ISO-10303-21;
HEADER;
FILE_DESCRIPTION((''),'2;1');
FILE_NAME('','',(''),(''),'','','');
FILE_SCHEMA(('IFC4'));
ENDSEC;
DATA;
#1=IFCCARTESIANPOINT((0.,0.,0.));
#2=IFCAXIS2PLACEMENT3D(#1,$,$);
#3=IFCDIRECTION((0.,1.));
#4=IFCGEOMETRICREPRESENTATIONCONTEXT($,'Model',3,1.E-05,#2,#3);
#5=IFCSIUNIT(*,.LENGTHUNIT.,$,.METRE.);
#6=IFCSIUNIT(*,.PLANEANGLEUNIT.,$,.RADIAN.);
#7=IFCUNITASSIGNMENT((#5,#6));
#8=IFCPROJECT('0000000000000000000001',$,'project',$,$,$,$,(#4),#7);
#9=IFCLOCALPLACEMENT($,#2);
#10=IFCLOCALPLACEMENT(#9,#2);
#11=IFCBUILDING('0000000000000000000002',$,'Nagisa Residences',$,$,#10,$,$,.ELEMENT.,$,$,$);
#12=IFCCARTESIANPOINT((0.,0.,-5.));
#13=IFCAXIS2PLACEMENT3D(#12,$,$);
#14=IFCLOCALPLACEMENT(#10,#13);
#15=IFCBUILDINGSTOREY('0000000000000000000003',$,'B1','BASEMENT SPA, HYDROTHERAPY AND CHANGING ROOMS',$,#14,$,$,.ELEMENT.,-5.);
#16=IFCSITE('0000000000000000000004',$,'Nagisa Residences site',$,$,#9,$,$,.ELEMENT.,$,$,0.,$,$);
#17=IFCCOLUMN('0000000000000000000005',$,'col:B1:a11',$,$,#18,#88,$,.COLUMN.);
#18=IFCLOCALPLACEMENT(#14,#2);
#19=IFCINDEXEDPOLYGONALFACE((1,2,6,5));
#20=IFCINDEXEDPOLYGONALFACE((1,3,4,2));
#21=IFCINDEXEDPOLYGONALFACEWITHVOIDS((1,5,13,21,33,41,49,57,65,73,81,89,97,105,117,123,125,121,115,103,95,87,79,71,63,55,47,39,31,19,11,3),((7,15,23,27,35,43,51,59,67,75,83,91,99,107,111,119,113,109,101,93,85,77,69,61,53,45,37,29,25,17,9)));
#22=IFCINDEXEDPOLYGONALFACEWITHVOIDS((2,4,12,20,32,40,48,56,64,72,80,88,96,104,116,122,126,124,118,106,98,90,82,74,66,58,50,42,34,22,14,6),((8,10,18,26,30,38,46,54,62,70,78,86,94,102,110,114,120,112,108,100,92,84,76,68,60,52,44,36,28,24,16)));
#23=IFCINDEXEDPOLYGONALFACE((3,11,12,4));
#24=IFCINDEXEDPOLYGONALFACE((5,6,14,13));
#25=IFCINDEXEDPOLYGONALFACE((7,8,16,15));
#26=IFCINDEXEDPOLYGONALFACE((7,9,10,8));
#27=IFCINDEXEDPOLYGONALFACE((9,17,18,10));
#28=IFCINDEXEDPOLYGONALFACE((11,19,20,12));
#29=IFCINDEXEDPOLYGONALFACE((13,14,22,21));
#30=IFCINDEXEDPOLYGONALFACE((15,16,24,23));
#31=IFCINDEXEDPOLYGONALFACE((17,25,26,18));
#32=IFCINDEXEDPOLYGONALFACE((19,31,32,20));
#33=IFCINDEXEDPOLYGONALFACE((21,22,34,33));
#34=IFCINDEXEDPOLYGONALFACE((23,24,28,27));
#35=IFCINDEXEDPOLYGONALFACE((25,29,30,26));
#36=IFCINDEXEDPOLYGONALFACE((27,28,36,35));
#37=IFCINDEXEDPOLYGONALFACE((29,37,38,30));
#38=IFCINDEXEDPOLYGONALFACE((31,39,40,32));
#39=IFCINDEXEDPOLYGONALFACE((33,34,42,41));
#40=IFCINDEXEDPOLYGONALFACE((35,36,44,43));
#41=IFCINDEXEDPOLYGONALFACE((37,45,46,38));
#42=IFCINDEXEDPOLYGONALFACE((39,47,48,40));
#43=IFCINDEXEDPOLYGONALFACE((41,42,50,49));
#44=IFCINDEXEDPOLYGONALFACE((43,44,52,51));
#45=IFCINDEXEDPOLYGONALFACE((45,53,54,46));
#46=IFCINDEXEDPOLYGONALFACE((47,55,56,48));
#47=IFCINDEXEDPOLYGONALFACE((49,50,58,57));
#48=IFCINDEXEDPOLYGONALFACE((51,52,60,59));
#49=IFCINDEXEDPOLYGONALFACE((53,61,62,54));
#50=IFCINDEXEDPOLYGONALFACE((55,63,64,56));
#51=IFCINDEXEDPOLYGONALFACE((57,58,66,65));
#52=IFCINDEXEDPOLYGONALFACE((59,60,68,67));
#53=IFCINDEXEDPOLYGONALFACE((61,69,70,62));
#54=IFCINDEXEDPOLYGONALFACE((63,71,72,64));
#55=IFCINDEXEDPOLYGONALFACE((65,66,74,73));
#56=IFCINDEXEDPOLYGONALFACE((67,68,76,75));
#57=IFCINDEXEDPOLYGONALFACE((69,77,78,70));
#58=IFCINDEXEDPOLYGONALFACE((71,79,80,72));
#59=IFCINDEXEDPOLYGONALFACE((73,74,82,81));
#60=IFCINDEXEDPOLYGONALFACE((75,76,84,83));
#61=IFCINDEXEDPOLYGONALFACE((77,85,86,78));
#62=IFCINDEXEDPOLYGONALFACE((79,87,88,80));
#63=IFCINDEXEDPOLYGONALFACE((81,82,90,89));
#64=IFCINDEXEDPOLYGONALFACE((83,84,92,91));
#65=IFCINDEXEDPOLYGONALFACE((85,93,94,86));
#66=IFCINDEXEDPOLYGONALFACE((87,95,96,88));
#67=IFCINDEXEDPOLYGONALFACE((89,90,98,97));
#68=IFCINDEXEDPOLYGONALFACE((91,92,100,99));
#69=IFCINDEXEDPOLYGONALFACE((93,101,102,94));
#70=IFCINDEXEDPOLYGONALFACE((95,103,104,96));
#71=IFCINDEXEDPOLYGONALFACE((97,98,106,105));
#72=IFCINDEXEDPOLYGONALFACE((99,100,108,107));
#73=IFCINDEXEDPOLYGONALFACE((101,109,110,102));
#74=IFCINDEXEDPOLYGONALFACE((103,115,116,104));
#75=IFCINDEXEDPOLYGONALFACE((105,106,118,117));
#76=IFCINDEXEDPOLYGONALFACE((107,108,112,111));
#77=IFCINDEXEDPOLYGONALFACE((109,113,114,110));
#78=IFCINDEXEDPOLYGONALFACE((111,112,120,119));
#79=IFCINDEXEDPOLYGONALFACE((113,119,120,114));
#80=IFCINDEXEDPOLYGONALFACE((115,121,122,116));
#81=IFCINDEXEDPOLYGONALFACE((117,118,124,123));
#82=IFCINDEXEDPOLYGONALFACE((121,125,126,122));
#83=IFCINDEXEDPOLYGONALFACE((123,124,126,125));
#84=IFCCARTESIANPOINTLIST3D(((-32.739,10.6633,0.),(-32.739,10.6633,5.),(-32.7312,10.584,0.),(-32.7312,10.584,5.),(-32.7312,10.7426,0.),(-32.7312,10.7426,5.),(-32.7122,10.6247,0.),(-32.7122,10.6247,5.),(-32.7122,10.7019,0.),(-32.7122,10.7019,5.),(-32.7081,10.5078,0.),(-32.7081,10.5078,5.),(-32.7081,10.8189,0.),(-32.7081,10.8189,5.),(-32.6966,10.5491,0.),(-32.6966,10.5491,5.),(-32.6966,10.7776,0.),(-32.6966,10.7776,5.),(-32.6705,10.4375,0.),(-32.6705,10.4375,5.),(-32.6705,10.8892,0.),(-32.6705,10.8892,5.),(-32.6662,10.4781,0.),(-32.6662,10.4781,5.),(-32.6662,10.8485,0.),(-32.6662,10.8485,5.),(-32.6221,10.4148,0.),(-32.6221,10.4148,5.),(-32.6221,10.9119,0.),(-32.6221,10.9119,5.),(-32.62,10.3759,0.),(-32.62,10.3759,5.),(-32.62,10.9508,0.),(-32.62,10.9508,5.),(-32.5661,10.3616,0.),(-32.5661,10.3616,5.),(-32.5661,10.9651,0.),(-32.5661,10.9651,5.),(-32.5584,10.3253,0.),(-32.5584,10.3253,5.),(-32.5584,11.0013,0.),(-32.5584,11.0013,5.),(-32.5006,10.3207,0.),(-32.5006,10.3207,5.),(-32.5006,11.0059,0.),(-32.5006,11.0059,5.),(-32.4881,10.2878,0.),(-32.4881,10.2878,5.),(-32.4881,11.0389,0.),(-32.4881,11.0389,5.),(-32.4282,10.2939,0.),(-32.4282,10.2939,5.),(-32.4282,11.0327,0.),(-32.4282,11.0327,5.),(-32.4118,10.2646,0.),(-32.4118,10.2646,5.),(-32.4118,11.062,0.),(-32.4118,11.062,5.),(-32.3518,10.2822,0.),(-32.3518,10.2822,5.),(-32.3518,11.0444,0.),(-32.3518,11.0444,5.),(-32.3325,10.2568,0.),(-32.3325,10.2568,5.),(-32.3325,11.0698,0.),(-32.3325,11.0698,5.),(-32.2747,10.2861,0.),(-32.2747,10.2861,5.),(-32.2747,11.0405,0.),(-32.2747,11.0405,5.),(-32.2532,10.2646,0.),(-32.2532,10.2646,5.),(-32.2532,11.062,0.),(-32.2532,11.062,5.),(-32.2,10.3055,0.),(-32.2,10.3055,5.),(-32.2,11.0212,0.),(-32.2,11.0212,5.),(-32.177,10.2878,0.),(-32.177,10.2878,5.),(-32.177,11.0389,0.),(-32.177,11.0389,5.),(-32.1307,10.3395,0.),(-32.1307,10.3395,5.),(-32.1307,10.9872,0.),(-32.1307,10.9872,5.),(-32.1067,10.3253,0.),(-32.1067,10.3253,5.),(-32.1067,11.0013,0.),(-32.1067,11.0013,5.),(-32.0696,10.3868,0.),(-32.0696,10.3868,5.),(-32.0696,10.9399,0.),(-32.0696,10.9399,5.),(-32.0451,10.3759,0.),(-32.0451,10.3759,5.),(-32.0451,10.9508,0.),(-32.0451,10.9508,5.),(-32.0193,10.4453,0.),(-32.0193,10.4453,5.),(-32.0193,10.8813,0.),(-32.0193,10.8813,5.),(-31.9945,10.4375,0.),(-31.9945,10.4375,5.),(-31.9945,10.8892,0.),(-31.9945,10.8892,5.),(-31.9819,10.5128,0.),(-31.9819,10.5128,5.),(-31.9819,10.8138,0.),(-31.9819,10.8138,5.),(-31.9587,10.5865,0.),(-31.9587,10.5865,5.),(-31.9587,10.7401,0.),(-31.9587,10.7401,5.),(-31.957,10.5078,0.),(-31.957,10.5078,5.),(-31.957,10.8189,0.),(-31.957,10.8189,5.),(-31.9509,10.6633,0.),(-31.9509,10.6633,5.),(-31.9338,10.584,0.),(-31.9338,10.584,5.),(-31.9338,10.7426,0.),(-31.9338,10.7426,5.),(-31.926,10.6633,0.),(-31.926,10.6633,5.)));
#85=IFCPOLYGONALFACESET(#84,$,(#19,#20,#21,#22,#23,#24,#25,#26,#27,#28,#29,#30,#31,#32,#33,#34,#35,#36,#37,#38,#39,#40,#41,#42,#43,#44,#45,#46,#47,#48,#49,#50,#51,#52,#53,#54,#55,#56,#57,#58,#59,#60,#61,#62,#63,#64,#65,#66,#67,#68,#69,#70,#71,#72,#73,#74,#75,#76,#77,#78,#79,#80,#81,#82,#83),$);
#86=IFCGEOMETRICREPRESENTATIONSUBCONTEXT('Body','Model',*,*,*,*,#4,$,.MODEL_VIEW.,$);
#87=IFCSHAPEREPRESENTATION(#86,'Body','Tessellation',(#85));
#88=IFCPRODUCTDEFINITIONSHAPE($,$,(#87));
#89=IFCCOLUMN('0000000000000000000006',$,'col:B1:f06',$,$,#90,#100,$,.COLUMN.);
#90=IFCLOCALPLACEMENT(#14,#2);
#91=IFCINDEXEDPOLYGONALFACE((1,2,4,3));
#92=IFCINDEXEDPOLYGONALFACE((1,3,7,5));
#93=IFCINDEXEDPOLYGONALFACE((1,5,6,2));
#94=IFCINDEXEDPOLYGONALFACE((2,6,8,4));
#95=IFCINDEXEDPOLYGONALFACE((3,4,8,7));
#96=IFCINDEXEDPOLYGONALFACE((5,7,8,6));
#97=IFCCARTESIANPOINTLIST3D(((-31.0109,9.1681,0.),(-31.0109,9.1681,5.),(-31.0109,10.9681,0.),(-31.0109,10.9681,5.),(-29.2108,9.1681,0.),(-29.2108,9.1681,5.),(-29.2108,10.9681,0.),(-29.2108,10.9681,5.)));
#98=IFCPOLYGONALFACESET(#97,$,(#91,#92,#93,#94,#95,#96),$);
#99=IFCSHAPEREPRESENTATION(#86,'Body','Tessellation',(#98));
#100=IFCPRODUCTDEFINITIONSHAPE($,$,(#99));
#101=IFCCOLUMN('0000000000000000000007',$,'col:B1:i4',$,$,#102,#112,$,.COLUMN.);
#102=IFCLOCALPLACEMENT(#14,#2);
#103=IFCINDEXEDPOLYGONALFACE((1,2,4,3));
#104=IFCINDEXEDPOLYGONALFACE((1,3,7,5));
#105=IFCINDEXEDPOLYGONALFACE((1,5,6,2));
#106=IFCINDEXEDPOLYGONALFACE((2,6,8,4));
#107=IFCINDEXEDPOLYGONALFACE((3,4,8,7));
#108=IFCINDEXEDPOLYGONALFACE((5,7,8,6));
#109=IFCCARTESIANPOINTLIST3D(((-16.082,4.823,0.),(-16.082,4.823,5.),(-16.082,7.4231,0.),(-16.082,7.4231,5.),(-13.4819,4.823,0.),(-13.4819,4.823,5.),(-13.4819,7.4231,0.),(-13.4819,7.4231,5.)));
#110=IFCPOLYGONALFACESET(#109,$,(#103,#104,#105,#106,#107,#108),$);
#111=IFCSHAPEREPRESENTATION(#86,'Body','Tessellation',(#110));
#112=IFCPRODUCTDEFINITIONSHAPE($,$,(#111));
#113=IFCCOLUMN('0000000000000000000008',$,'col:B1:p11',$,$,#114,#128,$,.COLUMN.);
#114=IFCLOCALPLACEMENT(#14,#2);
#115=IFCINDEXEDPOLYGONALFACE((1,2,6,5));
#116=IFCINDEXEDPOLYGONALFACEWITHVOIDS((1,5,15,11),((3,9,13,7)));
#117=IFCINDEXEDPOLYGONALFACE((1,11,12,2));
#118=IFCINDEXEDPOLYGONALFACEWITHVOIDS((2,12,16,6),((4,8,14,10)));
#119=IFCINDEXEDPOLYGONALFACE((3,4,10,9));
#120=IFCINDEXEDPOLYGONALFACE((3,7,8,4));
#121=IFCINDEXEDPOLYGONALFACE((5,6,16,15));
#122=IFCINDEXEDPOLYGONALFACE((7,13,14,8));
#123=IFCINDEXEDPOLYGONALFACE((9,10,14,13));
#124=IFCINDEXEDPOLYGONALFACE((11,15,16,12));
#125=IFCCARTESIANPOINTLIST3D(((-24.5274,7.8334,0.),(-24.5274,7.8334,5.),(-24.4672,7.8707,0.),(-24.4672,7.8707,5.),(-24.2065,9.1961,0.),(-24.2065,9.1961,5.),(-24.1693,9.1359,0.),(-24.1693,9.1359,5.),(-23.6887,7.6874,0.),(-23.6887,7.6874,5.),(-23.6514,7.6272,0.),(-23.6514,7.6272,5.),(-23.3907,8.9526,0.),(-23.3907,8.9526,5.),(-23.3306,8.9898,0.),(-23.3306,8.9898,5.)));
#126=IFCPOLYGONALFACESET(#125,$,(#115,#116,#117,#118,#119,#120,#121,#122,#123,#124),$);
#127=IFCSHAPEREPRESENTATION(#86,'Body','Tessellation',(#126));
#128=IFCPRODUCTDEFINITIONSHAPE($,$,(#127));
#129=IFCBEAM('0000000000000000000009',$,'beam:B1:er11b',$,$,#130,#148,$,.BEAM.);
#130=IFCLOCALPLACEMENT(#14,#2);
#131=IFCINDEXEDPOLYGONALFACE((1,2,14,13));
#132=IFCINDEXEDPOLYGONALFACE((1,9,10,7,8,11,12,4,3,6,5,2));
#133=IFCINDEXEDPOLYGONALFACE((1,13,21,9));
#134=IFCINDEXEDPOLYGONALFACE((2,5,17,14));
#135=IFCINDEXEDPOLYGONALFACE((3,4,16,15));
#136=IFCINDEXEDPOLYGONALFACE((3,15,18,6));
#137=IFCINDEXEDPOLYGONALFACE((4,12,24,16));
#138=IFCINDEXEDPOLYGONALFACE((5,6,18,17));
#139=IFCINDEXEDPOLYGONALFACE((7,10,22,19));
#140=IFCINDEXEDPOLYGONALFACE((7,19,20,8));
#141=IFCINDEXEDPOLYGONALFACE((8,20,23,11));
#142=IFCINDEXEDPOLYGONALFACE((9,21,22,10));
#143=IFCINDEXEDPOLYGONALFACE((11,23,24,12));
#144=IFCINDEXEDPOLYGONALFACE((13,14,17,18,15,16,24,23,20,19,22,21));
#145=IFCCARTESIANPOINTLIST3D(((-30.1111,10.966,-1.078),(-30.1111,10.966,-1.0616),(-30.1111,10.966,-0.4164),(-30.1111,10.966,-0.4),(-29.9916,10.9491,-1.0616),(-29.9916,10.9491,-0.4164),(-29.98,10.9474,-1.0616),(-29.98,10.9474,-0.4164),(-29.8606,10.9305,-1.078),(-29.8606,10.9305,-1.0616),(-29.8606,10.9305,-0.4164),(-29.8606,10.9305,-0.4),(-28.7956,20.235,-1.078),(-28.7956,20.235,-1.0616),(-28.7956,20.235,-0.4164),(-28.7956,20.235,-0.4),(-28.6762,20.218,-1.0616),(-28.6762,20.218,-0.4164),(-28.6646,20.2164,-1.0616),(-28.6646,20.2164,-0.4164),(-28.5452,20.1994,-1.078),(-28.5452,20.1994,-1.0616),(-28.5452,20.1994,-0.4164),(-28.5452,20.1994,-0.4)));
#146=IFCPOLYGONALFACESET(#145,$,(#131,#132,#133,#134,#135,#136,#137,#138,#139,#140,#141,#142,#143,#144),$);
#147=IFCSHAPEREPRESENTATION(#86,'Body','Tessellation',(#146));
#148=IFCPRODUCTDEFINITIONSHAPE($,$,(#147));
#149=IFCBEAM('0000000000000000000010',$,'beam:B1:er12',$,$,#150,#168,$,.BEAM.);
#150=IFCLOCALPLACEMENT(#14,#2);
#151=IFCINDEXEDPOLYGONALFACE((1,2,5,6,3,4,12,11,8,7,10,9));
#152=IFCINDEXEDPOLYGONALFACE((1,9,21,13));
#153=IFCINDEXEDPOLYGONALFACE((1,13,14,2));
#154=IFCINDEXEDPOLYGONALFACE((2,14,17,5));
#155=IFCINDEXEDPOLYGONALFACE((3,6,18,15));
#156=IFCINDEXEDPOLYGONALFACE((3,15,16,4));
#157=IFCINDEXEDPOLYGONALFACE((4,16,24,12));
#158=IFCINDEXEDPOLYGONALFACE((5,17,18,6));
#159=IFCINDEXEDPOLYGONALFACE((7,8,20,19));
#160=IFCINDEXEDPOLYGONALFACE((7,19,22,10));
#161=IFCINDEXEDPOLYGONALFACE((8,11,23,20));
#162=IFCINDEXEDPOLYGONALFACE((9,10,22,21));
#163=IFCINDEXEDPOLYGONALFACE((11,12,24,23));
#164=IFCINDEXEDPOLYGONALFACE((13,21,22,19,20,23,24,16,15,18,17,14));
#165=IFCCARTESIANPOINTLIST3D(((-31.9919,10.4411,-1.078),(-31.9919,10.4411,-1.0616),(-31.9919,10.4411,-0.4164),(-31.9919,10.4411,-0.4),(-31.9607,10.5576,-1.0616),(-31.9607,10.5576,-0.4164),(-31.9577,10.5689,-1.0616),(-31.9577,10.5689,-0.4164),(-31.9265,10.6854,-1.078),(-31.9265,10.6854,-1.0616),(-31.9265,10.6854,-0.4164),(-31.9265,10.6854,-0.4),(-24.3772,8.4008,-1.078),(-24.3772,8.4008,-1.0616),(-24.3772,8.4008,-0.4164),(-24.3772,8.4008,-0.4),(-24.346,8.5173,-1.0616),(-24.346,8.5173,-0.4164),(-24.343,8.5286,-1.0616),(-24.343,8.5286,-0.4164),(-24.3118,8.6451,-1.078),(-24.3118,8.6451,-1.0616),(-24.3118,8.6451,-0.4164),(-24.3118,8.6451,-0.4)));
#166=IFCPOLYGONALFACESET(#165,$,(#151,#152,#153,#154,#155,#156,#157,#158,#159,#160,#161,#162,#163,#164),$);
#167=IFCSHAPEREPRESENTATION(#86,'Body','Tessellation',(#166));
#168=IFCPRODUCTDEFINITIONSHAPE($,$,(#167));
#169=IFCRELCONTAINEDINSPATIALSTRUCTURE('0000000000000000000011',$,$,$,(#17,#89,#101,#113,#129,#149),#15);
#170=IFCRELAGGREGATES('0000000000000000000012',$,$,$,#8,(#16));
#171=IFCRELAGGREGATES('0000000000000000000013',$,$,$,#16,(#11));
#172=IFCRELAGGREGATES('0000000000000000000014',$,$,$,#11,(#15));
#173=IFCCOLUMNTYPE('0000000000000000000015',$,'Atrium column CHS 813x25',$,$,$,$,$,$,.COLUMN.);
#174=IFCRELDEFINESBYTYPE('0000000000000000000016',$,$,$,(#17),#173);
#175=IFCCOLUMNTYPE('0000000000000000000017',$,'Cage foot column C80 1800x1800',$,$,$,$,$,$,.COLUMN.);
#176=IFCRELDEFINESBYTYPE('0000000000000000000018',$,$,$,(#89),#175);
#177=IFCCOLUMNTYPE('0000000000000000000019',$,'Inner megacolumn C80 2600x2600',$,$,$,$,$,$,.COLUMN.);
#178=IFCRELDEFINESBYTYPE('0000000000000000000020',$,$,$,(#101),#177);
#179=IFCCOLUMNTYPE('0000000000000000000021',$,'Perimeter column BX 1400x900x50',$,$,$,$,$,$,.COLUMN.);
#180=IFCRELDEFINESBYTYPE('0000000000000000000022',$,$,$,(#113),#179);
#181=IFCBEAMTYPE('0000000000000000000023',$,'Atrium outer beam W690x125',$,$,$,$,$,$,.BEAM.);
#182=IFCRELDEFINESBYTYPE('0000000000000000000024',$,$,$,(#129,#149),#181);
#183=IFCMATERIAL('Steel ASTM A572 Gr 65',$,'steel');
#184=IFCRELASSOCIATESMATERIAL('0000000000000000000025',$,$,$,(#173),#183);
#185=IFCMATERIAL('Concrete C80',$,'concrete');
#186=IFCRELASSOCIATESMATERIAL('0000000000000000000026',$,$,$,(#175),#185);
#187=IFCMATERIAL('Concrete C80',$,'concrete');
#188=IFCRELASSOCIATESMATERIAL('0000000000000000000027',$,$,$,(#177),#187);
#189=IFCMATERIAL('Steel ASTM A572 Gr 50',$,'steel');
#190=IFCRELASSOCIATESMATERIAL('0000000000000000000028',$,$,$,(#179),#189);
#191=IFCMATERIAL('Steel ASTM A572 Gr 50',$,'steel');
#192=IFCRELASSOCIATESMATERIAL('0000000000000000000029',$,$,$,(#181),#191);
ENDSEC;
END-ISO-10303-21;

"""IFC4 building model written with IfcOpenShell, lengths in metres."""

from ifc_helpers import new_model, si_unit, direction, frame, origin, origin_2d, place, context, subcontext, project, spatial, rectangle, hollow_rectangle, hollow_circle, i_section, extrude, material, material_profile, profile_set, type_object, element, save


model = new_model("IFC4")

# Units and contexts
model_context = context("Model", 3, precision=1e-05, world=origin(), true_north=direction((0.0, 1.0)))
body_context = subcontext(model_context, "Body", "Model", "MODEL_VIEW")
ifc_project = project(units=[si_unit("LENGTHUNIT", "METRE"), si_unit("PLANEANGLEUNIT", "RADIAN")], contexts=[model_context])

# Site, building, storey
site_placement = place(None, origin())
site = spatial("IfcSite", under=ifc_project, at=site_placement, Name="Nagisa Residences site", CompositionType="ELEMENT", RefElevation=0.0)
building_placement = place(site_placement, origin())
building = spatial("IfcBuilding", under=site, at=building_placement, Name="Nagisa Residences", CompositionType="ELEMENT")
storey_placement = place(building_placement, frame((0.0, 0.0, -5.0)))
storey = spatial("IfcBuildingStorey", under=building, at=storey_placement, Name="B1", Description="BASEMENT SPA, HYDROTHERAPY AND CHANGING ROOMS", CompositionType="ELEMENT", Elevation=-5.0)

# Columns
ifc_material_1 = material(Name="Steel ASTM A572 Gr 65", Category="steel")
ifc_material_profile_1 = material_profile(ifc_material_1, hollow_circle(Radius=0.4065, WallThickness=0.0249, at=origin_2d()), Name="CHS 813x25")
ifc_profile_set_1 = profile_set([ifc_material_profile_1], Name="Steel ASTM A572 Gr 65")
column_type_1 = type_object("IfcColumnType", Name="Atrium column CHS 813x25", PredefinedType="COLUMN", material=ifc_profile_set_1)
column_1_placement = place(storey_placement, frame((-32.3325, 10.6633, 0.0), z_axis=(0.0, 0.0, 1.0), x_axis=(1.0, 0.0, 0.0)))
element("IfcColumn", 1, at=column_1_placement, inside=storey, type_object=column_type_1, Name="col:B1:a11", PredefinedType="COLUMN", context=body_context, shape_type="SweptSolid", body=[
    extrude(hollow_circle(Radius=0.4065, WallThickness=0.0249, at=origin_2d()), origin(), (0.0, 0.0, 1.0), 5.0),
])
ifc_material_2 = material(Name="Concrete C80", Category="concrete")
ifc_material_profile_2 = material_profile(ifc_material_2, rectangle(XDim=1.8, YDim=1.8, at=origin_2d()), Name="C80 1800x1800")
ifc_profile_set_2 = profile_set([ifc_material_profile_2], Name="Concrete C80")
column_type_2 = type_object("IfcColumnType", Name="Cage foot column C80 1800x1800", PredefinedType="COLUMN", material=ifc_profile_set_2)
column_2_placement = place(storey_placement, frame((-30.1108, 10.0681, 0.0), z_axis=(0.0, 0.0, 1.0), x_axis=(1.0, 0.0, 0.0)))
element("IfcColumn", 2, at=column_2_placement, inside=storey, type_object=column_type_2, Name="col:B1:f06", PredefinedType="COLUMN", context=body_context, shape_type="SweptSolid", body=[
    extrude(rectangle(XDim=1.8, YDim=1.8, at=origin_2d()), origin(), (0.0, 0.0, 1.0), 5.0),
])
ifc_material_3 = material(Name="Concrete C80", Category="concrete")
ifc_material_profile_3 = material_profile(ifc_material_3, rectangle(XDim=2.6001, YDim=2.6001, at=origin_2d()), Name="C80 2600x2600")
ifc_profile_set_3 = profile_set([ifc_material_profile_3], Name="Concrete C80")
column_type_3 = type_object("IfcColumnType", Name="Inner megacolumn C80 2600x2600", PredefinedType="COLUMN", material=ifc_profile_set_3)
column_3_placement = place(storey_placement, frame((-14.782, 6.123, 0.0), z_axis=(0.0, 0.0, 1.0), x_axis=(1.0, 0.0, 0.0)))
element("IfcColumn", 3, at=column_3_placement, inside=storey, type_object=column_type_3, Name="col:B1:i4", PredefinedType="COLUMN", context=body_context, shape_type="SweptSolid", body=[
    extrude(rectangle(XDim=2.6001, YDim=2.6001, at=origin_2d()), origin(), (0.0, 0.0, 1.0), 5.0),
])
ifc_material_4 = material(Name="Steel ASTM A572 Gr 50", Category="steel")
ifc_material_profile_4 = material_profile(ifc_material_4, hollow_rectangle(XDim=1.3999, YDim=0.8999, WallThickness=0.05, at=origin_2d()), Name="BX 1400x900x50")
ifc_profile_set_4 = profile_set([ifc_material_profile_4], Name="Steel ASTM A572 Gr 50")
column_type_4 = type_object("IfcColumnType", Name="Perimeter column BX 1400x900x50", PredefinedType="COLUMN", material=ifc_profile_set_4)
column_4_placement = place(storey_placement, frame((-23.929, 8.4116, 0.0), z_axis=(0.0, 0.0, 1.0), x_axis=(-0.229202, -0.973379, 0.0)))
element("IfcColumn", 4, at=column_4_placement, inside=storey, type_object=column_type_4, Name="col:B1:p11", PredefinedType="COLUMN", context=body_context, shape_type="SweptSolid", body=[
    extrude(hollow_rectangle(XDim=1.3999, YDim=0.8999, WallThickness=0.05, at=origin_2d()), origin(), (0.0, 0.0, 1.0), 5.0),
])

# Beams
ifc_material_5 = material(Name="Steel ASTM A572 Gr 50", Category="steel")
ifc_material_profile_5 = material_profile(ifc_material_5, i_section(OverallWidth=0.2529, OverallDepth=0.678, WebThickness=0.0117, FlangeThickness=0.0164, at=origin_2d()), Name="W690x125")
ifc_profile_set_5 = profile_set([ifc_material_profile_5], Name="Steel ASTM A572 Gr 50")
beam_type_1 = type_object("IfcBeamType", Name="Atrium outer beam W690x125", PredefinedType="BEAM", material=ifc_profile_set_5)
beam_1_placement = place(storey_placement, frame((-29.9858, 10.9482, -0.739), z_axis=(0.140509, 0.990079, 0.0), x_axis=(-0.990079, 0.140509, 0.0)))
element("IfcBeam", 5, at=beam_1_placement, inside=storey, type_object=beam_type_1, Name="beam:B1:er11b", PredefinedType="BEAM", context=body_context, shape_type="SweptSolid", body=[
    extrude(i_section(OverallWidth=0.2529, OverallDepth=0.678, WebThickness=0.0117, FlangeThickness=0.0164, at=origin_2d()), origin(), (0.0, 0.0, 1.0), 9.3618),
])
beam_2_placement = place(storey_placement, frame((-24.3445, 8.5229, -0.739), z_axis=(-0.965928, 0.258809, 0.0), x_axis=(-0.258809, -0.965928, 0.0)))
element("IfcBeam", 6, at=beam_2_placement, inside=storey, type_object=beam_type_1, Name="beam:B1:er12", PredefinedType="BEAM", context=body_context, shape_type="SweptSolid", body=[
    extrude(i_section(OverallWidth=0.2529, OverallDepth=0.678, WebThickness=0.0117, FlangeThickness=0.0164, at=origin_2d()), origin(), (0.0, 0.0, 1.0), 7.8833),
])

save(model, "model.ifc")
